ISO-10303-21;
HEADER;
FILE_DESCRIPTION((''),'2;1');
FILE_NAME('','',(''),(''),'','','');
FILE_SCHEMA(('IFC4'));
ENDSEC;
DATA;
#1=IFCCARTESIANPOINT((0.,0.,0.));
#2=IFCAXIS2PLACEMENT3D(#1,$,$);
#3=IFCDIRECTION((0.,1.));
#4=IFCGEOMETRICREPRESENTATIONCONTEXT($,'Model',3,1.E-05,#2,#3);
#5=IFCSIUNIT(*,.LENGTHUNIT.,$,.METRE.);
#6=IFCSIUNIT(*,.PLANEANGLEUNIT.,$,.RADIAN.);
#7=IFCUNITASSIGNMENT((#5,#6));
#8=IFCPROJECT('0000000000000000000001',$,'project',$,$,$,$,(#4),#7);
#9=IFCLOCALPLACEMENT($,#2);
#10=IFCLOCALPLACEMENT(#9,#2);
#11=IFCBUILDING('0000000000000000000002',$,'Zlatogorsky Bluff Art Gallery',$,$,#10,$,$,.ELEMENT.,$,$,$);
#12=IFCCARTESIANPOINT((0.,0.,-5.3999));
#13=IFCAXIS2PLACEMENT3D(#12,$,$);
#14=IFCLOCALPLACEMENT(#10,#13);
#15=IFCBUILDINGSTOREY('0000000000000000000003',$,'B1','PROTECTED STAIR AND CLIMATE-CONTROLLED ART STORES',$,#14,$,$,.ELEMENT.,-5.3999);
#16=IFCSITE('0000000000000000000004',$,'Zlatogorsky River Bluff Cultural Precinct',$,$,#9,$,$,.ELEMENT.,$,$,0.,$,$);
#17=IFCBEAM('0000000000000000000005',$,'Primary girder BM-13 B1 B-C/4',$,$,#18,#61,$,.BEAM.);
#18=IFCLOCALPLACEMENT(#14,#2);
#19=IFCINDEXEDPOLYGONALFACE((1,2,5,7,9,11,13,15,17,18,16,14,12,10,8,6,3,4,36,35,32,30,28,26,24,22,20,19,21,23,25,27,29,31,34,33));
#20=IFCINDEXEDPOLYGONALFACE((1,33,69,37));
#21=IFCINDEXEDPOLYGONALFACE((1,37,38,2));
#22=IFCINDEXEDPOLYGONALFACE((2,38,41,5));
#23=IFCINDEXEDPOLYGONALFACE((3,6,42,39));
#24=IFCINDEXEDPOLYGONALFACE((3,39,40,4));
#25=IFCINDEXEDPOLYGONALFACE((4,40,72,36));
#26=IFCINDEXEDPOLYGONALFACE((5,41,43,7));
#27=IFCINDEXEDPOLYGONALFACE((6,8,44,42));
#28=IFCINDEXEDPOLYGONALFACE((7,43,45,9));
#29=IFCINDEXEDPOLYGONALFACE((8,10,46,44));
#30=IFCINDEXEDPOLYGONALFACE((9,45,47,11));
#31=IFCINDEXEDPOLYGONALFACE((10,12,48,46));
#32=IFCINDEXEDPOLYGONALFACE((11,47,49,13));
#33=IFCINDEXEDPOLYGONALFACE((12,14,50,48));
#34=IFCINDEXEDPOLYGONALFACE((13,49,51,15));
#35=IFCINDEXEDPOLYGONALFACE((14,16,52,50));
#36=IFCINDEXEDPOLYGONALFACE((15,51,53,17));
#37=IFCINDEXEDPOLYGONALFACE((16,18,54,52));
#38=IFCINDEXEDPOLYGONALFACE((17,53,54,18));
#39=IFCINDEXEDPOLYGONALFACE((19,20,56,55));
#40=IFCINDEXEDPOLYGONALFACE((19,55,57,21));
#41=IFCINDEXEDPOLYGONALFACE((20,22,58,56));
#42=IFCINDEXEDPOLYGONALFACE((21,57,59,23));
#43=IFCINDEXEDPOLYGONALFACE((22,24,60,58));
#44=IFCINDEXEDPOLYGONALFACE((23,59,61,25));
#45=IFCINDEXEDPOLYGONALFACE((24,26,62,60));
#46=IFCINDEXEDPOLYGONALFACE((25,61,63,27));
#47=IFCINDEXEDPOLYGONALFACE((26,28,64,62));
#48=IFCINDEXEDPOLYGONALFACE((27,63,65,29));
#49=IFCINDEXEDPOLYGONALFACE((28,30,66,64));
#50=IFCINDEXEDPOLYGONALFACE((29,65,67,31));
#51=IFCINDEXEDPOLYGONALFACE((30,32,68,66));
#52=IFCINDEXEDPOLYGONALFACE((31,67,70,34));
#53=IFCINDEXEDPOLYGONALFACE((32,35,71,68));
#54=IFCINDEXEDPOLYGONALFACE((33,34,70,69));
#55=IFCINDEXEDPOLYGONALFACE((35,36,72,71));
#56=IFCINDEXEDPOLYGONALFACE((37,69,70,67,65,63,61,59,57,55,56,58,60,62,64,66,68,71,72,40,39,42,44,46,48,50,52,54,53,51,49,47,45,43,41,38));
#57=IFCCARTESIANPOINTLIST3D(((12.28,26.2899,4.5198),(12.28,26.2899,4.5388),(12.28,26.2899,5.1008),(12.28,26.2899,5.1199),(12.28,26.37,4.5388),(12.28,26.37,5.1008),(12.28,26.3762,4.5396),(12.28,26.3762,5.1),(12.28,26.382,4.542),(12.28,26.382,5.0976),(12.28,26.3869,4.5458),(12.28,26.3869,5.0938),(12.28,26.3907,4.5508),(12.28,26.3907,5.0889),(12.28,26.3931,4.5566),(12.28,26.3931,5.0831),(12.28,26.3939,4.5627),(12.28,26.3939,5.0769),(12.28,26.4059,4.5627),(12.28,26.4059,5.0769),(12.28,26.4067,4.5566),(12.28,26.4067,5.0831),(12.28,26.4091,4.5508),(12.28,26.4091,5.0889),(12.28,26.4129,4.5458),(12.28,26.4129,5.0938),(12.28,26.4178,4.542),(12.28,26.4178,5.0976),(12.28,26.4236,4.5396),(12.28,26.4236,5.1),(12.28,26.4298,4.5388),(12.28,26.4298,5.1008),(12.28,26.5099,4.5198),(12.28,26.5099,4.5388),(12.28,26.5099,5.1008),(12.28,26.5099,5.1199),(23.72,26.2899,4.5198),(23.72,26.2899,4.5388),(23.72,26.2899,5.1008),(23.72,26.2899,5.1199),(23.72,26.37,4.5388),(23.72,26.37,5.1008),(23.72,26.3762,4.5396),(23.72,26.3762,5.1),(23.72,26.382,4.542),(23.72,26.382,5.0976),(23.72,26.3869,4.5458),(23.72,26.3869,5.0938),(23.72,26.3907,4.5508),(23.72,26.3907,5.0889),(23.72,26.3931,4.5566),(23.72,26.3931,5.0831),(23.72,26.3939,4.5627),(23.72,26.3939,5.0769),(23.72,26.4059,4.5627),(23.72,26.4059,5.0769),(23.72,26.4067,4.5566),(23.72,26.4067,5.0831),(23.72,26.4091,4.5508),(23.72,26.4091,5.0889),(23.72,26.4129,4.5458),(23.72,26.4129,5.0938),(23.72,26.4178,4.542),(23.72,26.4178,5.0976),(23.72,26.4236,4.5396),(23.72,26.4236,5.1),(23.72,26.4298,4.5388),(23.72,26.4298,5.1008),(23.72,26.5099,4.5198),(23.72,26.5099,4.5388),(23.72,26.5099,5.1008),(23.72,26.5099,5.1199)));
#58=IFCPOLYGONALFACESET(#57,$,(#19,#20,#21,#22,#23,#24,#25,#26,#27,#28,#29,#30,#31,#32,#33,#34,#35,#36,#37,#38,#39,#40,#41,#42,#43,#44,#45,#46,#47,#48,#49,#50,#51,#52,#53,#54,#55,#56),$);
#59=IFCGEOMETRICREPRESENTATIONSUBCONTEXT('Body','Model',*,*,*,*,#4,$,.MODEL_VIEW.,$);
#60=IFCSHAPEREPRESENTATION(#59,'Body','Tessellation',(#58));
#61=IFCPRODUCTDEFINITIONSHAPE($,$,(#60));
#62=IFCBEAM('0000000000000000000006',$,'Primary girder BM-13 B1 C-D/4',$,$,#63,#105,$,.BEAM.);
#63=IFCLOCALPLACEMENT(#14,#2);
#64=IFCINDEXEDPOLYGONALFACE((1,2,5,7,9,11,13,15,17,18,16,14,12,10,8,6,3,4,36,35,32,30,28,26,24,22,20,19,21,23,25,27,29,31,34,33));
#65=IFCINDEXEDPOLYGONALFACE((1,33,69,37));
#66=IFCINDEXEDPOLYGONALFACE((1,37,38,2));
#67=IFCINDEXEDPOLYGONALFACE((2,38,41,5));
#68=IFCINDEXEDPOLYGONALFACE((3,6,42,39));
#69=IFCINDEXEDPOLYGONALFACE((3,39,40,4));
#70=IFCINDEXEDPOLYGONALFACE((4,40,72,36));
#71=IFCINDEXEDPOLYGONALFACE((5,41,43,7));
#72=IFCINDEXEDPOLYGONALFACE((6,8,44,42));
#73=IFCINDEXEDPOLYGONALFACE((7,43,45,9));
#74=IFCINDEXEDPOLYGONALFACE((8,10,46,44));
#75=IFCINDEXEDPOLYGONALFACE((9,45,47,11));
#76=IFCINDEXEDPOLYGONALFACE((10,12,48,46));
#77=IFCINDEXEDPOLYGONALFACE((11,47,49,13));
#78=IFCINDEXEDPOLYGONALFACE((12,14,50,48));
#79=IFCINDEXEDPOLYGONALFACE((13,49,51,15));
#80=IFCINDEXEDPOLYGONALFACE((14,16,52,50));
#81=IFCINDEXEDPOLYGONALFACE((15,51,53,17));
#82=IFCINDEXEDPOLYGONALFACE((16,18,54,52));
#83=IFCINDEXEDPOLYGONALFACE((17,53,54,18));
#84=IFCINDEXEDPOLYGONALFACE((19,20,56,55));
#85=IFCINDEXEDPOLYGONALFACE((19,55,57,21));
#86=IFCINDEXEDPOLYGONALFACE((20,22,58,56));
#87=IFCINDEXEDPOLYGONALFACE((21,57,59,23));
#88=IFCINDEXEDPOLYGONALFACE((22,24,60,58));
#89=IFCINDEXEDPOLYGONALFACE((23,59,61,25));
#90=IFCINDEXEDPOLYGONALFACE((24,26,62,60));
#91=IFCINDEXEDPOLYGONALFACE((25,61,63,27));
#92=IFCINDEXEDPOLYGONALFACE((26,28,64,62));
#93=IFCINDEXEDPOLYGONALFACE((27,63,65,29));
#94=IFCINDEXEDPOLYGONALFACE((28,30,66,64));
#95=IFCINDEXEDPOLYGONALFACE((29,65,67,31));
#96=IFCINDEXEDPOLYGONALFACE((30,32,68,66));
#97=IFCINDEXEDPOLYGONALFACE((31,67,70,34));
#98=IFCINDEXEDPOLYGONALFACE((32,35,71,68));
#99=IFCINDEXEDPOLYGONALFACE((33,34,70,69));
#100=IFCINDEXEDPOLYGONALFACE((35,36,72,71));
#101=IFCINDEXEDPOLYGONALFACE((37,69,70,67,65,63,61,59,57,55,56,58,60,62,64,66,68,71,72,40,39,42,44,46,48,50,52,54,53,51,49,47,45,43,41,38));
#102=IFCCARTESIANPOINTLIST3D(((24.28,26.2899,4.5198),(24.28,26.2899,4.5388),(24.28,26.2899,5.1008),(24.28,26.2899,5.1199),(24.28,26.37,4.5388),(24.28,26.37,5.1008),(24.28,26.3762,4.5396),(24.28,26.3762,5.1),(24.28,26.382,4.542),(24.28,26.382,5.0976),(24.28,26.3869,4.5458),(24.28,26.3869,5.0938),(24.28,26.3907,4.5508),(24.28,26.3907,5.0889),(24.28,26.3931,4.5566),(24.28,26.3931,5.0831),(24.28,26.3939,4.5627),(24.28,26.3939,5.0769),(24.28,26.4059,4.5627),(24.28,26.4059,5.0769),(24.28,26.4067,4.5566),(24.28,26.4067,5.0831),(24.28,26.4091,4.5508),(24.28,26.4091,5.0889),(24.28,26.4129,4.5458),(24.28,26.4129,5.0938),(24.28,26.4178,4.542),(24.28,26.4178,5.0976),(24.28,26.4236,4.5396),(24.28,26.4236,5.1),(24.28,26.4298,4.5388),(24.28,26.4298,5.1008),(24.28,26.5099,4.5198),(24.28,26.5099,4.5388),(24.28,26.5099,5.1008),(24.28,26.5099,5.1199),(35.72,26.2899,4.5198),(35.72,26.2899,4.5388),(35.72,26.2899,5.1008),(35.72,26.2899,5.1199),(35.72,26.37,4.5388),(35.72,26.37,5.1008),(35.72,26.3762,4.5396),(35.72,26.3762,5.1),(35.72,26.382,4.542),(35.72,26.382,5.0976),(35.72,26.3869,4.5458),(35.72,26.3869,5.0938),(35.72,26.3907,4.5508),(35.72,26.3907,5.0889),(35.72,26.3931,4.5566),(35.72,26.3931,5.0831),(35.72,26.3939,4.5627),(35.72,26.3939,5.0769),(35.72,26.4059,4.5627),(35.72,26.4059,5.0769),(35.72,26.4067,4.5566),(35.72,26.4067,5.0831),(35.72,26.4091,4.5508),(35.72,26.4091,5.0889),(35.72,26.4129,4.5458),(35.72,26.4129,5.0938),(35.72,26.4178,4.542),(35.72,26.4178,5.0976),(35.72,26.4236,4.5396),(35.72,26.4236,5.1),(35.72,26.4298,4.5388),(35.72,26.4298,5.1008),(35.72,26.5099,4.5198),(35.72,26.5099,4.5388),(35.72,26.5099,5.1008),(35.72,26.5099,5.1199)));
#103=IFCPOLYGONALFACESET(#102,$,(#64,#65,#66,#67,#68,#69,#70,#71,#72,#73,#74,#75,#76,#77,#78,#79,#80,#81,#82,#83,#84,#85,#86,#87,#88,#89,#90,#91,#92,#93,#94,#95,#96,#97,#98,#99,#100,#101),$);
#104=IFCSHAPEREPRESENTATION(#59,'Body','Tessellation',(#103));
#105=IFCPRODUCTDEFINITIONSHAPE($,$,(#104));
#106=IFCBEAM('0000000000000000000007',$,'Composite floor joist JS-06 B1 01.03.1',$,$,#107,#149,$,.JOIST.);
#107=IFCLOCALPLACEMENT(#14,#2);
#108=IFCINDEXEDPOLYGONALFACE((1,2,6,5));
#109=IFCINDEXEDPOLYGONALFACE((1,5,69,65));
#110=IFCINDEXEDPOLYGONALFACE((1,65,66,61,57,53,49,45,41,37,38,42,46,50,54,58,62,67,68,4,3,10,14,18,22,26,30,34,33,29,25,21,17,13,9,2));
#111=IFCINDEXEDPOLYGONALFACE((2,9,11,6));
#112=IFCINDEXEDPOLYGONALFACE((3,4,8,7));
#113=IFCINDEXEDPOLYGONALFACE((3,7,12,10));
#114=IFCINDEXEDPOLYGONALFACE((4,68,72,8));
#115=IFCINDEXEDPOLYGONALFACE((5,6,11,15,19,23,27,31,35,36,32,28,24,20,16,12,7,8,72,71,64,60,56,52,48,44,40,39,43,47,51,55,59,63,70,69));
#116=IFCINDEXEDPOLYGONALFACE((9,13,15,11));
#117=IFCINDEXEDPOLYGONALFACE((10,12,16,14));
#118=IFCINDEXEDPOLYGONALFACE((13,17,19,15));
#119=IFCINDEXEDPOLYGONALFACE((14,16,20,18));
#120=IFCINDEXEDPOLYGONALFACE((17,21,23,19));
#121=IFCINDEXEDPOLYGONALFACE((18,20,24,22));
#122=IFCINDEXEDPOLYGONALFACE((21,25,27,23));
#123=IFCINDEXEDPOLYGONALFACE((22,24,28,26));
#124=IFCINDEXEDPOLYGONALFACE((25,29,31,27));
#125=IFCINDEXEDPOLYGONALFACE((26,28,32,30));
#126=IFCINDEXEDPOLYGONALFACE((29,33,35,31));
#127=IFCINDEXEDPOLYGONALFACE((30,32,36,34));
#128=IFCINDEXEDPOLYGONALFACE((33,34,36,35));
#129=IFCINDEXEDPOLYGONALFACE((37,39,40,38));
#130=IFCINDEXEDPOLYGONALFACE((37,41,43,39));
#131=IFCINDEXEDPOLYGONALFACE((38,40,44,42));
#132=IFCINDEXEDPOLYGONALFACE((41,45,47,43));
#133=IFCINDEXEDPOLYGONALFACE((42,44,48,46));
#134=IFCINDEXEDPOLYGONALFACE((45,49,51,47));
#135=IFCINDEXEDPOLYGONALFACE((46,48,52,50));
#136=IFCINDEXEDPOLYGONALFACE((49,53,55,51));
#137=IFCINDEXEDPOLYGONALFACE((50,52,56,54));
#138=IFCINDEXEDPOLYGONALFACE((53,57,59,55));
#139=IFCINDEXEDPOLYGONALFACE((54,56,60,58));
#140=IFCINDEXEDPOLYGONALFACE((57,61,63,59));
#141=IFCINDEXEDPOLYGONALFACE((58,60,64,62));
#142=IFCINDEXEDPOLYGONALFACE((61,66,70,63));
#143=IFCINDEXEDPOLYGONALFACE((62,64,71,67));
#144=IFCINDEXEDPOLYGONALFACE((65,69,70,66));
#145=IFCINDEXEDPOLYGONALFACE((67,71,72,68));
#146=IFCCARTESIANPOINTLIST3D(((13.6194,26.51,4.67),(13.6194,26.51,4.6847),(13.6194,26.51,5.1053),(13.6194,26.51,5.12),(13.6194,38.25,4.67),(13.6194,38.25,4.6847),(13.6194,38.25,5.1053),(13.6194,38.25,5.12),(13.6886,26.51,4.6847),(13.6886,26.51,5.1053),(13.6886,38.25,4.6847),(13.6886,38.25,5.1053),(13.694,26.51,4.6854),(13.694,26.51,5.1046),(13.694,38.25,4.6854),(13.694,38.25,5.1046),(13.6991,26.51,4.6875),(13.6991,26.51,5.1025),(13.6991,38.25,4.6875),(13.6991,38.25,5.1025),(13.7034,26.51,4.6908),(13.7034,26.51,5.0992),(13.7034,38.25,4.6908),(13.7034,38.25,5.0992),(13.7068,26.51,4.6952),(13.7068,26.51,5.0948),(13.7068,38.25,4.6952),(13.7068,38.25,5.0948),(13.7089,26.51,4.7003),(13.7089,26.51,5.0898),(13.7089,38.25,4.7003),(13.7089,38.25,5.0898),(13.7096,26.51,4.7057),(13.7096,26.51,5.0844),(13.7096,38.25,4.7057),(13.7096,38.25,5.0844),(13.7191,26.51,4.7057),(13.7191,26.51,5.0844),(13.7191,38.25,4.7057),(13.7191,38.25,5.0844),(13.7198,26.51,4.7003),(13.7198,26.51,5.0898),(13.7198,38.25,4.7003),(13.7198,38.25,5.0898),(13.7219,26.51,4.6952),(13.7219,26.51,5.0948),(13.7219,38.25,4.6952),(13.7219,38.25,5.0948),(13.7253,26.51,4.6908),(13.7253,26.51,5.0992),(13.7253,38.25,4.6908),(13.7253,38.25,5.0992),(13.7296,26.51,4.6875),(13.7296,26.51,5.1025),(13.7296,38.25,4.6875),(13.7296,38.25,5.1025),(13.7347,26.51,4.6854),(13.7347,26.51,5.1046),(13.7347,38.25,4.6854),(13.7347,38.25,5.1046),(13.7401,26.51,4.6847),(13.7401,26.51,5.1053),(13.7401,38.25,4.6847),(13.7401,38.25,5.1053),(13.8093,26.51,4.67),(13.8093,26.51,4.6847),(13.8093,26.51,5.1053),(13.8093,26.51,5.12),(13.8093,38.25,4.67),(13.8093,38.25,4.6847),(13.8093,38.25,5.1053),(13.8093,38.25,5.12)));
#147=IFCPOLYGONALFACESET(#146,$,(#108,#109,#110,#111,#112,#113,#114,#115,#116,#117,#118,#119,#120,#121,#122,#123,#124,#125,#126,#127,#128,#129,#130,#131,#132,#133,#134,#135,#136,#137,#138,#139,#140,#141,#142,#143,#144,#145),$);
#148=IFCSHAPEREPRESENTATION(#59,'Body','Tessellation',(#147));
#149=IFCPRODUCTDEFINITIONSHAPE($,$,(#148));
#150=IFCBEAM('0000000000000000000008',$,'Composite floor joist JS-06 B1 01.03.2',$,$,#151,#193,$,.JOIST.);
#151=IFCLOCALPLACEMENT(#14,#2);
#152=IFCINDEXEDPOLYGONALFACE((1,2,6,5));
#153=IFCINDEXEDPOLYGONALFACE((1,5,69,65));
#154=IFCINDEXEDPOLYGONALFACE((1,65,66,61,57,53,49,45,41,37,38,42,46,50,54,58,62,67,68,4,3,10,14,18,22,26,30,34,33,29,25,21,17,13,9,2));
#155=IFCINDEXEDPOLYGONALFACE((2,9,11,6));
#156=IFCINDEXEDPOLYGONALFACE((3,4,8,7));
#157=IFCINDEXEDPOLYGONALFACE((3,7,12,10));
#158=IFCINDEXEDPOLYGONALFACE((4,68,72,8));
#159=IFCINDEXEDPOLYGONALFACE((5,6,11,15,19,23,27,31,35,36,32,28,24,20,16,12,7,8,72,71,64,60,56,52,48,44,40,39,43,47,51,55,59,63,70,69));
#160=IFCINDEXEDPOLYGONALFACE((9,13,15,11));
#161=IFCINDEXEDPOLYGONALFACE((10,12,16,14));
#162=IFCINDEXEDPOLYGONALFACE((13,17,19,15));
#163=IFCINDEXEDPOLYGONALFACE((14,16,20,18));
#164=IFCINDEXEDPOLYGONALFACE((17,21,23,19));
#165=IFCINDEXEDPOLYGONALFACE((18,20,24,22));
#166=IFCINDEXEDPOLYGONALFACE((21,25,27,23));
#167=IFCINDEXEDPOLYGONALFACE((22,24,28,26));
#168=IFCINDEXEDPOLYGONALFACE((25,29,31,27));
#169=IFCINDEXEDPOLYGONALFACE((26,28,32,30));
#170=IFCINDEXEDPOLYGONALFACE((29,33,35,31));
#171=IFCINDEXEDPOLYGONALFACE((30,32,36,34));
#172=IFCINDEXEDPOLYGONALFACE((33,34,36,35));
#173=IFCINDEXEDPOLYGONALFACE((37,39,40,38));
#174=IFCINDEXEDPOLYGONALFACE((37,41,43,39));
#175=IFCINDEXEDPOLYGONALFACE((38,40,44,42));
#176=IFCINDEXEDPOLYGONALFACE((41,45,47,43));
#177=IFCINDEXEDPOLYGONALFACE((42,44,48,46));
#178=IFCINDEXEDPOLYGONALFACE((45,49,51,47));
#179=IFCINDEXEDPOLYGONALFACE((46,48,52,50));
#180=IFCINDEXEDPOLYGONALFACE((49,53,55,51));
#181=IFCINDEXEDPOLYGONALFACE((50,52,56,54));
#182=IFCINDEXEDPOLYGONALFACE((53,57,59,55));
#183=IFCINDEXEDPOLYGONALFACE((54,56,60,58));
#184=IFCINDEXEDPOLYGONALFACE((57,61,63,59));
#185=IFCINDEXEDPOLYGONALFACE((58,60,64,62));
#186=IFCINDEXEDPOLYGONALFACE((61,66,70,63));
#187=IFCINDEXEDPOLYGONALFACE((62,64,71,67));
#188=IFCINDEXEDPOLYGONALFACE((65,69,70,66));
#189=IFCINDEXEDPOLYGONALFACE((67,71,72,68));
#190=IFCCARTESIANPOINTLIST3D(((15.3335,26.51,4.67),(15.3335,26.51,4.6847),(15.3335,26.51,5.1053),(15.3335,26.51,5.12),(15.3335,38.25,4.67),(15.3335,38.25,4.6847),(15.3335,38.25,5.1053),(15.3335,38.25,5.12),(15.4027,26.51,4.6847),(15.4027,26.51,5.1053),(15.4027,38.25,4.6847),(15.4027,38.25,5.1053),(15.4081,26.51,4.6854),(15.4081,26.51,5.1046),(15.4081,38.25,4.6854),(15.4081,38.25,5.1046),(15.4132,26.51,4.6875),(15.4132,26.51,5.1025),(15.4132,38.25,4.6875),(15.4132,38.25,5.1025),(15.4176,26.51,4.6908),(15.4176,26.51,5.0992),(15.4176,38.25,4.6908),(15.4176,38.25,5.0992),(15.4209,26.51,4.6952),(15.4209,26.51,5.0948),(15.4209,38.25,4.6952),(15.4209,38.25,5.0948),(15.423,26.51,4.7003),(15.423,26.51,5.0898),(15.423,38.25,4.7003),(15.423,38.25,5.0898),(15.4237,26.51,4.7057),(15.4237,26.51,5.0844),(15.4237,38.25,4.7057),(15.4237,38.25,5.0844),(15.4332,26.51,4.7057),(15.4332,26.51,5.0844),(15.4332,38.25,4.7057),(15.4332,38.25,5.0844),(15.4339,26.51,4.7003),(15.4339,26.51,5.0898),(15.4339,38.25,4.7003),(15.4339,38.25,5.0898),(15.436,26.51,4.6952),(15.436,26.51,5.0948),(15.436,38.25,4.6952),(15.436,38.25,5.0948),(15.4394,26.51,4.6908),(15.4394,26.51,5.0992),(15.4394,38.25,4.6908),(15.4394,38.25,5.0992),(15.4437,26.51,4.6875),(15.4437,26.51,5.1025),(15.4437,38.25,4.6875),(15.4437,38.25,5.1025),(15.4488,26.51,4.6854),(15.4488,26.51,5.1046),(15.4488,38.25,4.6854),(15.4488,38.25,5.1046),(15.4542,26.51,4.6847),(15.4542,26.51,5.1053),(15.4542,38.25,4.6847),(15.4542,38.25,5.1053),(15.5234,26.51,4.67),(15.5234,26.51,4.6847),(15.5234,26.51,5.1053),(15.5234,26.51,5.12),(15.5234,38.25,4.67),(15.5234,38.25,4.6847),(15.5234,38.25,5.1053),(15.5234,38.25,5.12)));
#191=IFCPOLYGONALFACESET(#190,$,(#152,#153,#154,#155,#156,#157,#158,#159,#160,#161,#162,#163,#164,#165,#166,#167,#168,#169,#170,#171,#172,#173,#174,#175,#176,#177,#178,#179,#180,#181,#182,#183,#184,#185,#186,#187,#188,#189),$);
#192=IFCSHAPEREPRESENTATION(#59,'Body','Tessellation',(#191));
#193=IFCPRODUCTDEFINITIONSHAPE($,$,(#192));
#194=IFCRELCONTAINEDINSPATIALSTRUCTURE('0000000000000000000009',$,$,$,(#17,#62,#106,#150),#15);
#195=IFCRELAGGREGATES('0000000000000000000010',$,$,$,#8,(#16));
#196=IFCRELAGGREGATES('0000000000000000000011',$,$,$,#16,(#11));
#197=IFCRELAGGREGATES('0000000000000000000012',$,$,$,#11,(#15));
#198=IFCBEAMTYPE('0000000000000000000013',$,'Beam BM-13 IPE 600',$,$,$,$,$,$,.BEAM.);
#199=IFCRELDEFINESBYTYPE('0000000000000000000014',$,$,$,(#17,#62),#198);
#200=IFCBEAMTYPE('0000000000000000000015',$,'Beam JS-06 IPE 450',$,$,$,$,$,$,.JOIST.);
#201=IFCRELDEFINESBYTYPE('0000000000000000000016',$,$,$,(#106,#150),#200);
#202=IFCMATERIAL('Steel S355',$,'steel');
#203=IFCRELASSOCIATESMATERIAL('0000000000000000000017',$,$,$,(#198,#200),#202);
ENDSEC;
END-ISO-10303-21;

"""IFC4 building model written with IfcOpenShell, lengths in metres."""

from ifc_helpers import new_model, si_unit, direction, frame, origin, origin_2d, place, context, subcontext, project, spatial, i_section, extrude, material, material_profile, profile_set, type_object, element, save


model = new_model("IFC4")

# Units and contexts
model_context = context("Model", 3, precision=1e-05, world=origin(), true_north=direction((0.0, 1.0)))
body_context = subcontext(model_context, "Body", "Model", "MODEL_VIEW")
ifc_project = project(units=[si_unit("LENGTHUNIT", "METRE"), si_unit("PLANEANGLEUNIT", "RADIAN")], contexts=[model_context])

# Site, building, storey
site_placement = place(None, origin())
site = spatial("IfcSite", under=ifc_project, at=site_placement, Name="Zlatogorsky River Bluff Cultural Precinct", CompositionType="ELEMENT", RefElevation=0.0)
building_placement = place(site_placement, origin())
building = spatial("IfcBuilding", under=site, at=building_placement, Name="Zlatogorsky Bluff Art Gallery", CompositionType="ELEMENT")
storey_placement = place(building_placement, frame((0.0, 0.0, -5.3999)))
storey = spatial("IfcBuildingStorey", under=building, at=storey_placement, Name="B1", Description="PROTECTED STAIR AND CLIMATE-CONTROLLED ART STORES", CompositionType="ELEMENT", Elevation=-5.3999)

# Shared definitions
ifc_material_1 = material(Name="Steel S355", Category="steel")

# Beams
ifc_material_profile_1 = material_profile(ifc_material_1, i_section(OverallWidth=0.22, OverallDepth=0.6001, WebThickness=0.012, FlangeThickness=0.019, FilletRadius=0.0239, at=origin_2d()), Name="IPE 600")
ifc_profile_set_1 = profile_set([ifc_material_profile_1], Name="Steel S355")
beam_type_1 = type_object("IfcBeamType", Name="Beam BM-13 IPE 600", PredefinedType="BEAM", material=ifc_profile_set_1)
for number, where, z_axis, x_axis, name in (
    (1, (12.28, 26.3999, 4.8198), (1.0, 0.0, 0.0), (0.0, 1.0, 0.0), "Primary girder BM-13 B1 B-C/4"),
    (2, (24.28, 26.3999, 4.8198), (1.0, 0.0, 0.0), (0.0, 1.0, 0.0), "Primary girder BM-13 B1 C-D/4"),
):
    element("IfcBeam", number, at=place(storey_placement, frame(where, z_axis=z_axis, x_axis=x_axis)), inside=storey, type_object=beam_type_1, Name=name, PredefinedType="BEAM", context=body_context, shape_type="SweptSolid", body=[
        extrude(i_section(OverallWidth=0.22, OverallDepth=0.6001, WebThickness=0.012, FlangeThickness=0.019, FilletRadius=0.0239, at=origin_2d()), origin(), (0.0, 0.0, 1.0), 11.4399),
    ])
ifc_material_profile_2 = material_profile(ifc_material_1, i_section(OverallWidth=0.1899, OverallDepth=0.45, WebThickness=0.0095, FlangeThickness=0.0146, FilletRadius=0.021, at=origin_2d()), Name="IPE 450")
ifc_profile_set_2 = profile_set([ifc_material_profile_2], Name="Steel S355")
beam_type_2 = type_object("IfcBeamType", Name="Beam JS-06 IPE 450", PredefinedType="JOIST", material=ifc_profile_set_2)
for number, where, z_axis, x_axis, name in (
    (3, (13.7144, 26.51, 4.895), (0.0, 1.0, 0.0), (-1.0, 0.0, 0.0), "Composite floor joist JS-06 B1 01.03.1"),
    (4, (15.4285, 26.51, 4.895), (0.0, 1.0, 0.0), (-1.0, 0.0, 0.0), "Composite floor joist JS-06 B1 01.03.2"),
):
    element("IfcBeam", number, at=place(storey_placement, frame(where, z_axis=z_axis, x_axis=x_axis)), inside=storey, type_object=beam_type_2, Name=name, PredefinedType="JOIST", context=body_context, shape_type="SweptSolid", body=[
        extrude(i_section(OverallWidth=0.1899, OverallDepth=0.45, WebThickness=0.0095, FlangeThickness=0.0146, FilletRadius=0.021, at=origin_2d()), origin(), (0.0, 0.0, 1.0), 11.74),
    ])

save(model, "model.ifc")
